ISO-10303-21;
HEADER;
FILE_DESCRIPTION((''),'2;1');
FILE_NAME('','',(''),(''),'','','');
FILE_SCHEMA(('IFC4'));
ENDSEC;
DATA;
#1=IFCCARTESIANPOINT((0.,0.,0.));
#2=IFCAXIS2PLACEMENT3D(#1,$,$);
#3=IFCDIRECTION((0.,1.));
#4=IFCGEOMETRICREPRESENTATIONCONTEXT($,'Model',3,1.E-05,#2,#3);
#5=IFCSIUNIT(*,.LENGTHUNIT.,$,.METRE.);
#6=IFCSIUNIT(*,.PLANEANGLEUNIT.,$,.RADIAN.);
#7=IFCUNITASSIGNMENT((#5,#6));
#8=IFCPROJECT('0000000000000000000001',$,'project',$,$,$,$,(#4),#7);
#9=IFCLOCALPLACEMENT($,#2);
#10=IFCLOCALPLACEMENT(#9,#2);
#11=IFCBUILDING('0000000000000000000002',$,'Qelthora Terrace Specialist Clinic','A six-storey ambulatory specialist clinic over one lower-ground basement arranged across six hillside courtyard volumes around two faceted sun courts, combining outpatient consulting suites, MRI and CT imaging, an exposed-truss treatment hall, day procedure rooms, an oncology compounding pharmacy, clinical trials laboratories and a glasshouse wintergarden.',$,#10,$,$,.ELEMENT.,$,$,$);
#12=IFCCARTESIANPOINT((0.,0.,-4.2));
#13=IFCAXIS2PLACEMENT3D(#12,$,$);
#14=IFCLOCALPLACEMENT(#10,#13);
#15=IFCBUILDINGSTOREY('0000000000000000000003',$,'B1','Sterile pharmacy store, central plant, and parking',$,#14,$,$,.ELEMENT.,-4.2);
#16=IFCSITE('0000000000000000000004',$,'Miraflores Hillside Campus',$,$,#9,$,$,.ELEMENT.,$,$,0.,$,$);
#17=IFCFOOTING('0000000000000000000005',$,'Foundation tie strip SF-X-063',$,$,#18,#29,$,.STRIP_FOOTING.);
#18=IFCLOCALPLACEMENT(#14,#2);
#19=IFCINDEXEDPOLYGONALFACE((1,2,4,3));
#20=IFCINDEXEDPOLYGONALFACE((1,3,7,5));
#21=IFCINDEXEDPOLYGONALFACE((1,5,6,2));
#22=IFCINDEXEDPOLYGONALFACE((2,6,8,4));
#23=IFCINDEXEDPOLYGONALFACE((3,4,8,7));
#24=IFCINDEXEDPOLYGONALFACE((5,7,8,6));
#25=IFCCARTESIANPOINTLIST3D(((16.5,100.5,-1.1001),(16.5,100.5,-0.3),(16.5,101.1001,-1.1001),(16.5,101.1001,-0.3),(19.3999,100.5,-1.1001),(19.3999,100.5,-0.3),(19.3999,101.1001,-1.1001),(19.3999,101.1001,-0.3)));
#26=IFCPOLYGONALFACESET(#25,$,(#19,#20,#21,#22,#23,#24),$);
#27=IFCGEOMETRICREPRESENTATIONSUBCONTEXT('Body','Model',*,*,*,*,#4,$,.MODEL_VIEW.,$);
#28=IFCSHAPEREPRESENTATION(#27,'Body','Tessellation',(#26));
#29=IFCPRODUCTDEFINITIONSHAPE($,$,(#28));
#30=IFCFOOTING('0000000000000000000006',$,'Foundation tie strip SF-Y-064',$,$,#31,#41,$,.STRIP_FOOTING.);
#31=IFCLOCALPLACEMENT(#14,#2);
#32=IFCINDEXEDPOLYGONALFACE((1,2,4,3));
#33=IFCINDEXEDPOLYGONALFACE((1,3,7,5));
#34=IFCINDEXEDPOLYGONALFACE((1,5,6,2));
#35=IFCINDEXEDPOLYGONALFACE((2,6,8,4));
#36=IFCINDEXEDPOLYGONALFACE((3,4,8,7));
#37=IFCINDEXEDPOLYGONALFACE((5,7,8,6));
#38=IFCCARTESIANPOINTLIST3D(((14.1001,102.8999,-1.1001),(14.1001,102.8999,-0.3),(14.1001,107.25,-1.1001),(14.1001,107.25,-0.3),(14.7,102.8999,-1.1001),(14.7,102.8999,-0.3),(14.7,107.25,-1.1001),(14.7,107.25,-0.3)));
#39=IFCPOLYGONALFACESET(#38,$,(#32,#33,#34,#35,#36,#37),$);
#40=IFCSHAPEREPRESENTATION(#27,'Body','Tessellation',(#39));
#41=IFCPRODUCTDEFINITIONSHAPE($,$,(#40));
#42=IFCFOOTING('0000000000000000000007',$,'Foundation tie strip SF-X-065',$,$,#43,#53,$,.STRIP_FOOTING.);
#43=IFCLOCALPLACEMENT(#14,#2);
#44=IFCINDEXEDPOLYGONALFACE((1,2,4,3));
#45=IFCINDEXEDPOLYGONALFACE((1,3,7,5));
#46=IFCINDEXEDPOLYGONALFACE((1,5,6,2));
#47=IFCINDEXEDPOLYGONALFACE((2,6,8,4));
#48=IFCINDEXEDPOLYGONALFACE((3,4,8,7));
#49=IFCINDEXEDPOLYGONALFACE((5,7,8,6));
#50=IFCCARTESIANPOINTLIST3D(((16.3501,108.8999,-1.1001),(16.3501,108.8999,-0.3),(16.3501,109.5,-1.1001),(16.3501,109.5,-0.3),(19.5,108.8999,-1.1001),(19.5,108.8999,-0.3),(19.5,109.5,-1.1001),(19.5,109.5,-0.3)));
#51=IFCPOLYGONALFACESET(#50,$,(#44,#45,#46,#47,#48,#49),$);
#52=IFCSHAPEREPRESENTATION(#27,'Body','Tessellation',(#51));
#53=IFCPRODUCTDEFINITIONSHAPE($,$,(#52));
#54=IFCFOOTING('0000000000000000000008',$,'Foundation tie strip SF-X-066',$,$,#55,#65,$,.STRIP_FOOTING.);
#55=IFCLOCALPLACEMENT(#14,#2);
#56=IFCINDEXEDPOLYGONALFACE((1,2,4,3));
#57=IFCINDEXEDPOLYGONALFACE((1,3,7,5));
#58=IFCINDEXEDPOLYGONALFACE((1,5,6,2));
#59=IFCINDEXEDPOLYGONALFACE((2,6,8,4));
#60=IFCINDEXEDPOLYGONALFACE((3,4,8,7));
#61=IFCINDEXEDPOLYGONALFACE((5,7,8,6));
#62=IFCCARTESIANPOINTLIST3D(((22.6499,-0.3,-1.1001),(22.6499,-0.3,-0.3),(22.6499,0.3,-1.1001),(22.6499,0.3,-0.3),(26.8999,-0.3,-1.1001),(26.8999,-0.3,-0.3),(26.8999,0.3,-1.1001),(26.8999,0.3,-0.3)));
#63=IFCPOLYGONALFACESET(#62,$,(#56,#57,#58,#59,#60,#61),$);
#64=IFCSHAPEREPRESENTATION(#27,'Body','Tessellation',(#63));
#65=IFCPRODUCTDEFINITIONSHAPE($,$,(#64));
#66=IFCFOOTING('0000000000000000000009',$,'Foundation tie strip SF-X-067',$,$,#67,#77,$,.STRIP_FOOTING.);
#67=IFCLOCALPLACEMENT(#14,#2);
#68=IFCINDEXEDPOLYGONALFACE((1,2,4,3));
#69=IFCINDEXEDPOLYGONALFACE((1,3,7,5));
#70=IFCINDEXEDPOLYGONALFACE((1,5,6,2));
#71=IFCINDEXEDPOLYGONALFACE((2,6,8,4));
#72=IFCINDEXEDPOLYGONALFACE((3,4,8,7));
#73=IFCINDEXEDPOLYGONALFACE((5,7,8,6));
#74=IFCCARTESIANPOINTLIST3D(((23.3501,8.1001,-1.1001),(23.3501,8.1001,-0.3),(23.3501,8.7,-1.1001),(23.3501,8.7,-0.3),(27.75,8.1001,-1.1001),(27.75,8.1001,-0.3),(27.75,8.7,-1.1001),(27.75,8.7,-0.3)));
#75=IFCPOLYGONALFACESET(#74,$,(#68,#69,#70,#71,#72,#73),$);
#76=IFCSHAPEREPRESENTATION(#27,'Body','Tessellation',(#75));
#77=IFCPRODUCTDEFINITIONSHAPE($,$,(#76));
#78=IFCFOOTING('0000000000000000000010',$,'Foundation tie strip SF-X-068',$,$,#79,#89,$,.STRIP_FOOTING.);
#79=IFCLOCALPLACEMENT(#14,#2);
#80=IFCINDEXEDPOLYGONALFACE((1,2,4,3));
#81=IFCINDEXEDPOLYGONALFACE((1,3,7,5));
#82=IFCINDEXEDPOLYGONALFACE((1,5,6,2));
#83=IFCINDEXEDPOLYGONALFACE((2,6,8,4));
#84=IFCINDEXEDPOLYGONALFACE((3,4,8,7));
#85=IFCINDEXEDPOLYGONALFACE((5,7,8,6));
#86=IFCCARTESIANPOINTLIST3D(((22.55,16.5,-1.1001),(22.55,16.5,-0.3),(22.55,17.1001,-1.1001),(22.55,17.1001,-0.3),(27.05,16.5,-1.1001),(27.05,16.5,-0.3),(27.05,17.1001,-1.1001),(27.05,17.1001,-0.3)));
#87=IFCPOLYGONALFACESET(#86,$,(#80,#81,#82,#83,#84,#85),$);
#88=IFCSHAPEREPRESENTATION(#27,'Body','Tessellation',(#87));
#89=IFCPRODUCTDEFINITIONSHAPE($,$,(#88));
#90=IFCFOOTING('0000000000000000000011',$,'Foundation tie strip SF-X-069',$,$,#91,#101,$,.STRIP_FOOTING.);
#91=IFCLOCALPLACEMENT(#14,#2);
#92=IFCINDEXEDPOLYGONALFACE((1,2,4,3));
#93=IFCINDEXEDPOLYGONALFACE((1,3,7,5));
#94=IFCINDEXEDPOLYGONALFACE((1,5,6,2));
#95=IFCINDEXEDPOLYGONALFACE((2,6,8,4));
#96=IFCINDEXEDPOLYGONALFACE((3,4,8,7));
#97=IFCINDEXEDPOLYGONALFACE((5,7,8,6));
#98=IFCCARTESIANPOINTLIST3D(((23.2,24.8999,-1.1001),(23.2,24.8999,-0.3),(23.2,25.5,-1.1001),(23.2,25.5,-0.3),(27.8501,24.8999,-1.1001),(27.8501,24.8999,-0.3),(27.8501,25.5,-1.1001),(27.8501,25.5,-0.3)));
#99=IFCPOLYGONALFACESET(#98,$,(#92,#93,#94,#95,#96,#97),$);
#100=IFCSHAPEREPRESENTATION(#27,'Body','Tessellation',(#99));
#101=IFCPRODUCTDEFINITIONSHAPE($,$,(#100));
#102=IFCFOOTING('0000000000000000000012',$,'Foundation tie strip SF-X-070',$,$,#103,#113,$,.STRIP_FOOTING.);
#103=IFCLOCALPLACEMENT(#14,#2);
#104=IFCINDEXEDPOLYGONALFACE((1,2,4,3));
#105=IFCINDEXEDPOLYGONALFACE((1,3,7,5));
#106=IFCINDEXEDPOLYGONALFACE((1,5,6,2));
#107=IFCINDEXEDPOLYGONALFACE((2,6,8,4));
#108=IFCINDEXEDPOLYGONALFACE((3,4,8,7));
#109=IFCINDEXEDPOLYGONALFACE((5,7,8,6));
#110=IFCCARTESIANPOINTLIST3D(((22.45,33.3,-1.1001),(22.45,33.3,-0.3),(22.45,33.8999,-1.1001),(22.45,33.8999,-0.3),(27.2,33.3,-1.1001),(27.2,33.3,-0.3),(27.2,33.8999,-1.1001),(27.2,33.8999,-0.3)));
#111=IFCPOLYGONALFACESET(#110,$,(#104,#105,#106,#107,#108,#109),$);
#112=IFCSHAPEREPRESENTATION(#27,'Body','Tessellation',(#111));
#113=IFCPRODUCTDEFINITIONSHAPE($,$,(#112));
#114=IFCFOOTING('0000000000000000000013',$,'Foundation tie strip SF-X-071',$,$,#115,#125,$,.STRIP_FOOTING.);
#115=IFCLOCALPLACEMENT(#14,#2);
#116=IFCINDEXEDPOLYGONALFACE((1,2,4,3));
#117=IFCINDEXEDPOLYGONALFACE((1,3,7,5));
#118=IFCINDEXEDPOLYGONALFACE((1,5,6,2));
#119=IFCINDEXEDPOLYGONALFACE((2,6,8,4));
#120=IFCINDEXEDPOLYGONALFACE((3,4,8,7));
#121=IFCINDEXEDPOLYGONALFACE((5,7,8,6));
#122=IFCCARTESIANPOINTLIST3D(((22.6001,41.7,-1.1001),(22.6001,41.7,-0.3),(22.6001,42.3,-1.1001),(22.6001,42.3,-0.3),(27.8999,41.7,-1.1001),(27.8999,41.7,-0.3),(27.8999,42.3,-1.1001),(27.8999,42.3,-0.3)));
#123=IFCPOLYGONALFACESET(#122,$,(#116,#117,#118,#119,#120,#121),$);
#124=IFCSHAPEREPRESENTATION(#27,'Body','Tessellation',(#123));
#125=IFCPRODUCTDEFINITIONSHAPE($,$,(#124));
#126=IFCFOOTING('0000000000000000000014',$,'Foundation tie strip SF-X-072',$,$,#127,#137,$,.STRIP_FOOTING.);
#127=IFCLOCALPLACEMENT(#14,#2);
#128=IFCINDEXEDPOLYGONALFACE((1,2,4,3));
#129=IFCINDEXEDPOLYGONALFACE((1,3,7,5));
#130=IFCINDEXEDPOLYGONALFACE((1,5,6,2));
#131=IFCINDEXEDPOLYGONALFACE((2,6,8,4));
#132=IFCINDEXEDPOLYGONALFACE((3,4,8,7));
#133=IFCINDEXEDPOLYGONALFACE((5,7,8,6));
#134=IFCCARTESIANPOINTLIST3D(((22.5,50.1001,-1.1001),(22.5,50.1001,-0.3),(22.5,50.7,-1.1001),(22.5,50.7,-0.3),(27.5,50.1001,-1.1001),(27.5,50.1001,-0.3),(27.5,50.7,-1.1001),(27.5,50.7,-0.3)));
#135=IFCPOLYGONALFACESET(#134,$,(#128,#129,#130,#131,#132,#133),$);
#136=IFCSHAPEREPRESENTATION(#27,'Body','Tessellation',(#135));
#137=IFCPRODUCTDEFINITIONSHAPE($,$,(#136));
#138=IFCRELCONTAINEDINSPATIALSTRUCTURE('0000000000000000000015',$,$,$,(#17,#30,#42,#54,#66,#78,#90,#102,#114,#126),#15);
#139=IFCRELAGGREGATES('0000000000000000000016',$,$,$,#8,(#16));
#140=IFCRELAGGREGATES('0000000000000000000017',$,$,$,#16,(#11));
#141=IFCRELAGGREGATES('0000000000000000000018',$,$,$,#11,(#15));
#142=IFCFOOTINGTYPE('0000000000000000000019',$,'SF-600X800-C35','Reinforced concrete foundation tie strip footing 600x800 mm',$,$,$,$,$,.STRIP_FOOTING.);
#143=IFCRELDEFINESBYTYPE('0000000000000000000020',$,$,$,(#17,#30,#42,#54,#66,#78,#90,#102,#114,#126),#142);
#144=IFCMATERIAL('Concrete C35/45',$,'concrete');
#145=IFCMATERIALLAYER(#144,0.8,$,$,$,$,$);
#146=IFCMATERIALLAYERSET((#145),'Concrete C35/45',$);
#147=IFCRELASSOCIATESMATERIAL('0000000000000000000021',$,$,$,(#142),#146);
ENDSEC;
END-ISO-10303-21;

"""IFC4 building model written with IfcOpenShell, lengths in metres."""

from ifc_helpers import new_model, si_unit, direction, frame, origin, place, context, subcontext, project, spatial, polyline, outline, extrude, material, layer, layer_set, type_object, element, save


model = new_model("IFC4")

# Units and contexts
model_context = context("Model", 3, precision=1e-05, world=origin(), true_north=direction((0.0, 1.0)))
body_context = subcontext(model_context, "Body", "Model", "MODEL_VIEW")
ifc_project = project(units=[si_unit("LENGTHUNIT", "METRE"), si_unit("PLANEANGLEUNIT", "RADIAN")], contexts=[model_context])

# Site, building, storey
site_placement = place(None, origin())
site = spatial("IfcSite", under=ifc_project, at=site_placement, Name="Miraflores Hillside Campus", CompositionType="ELEMENT", RefElevation=0.0)
building_placement = place(site_placement, origin())
building = spatial("IfcBuilding", under=site, at=building_placement, Name="Qelthora Terrace Specialist Clinic", Description="A six-storey ambulatory specialist clinic over one lower-ground basement arranged across six hillside courtyard volumes around two faceted sun courts, combining outpatient consulting suites, MRI and CT imaging, an exposed-truss treatment hall, day procedure rooms, an oncology compounding pharmacy, clinical trials laboratories and a glasshouse wintergarden.", CompositionType="ELEMENT")
storey_placement = place(building_placement, frame((0.0, 0.0, -4.2)))
storey = spatial("IfcBuildingStorey", under=building, at=storey_placement, Name="B1", Description="Sterile pharmacy store, central plant, and parking", CompositionType="ELEMENT", Elevation=-4.2)

# Footings
ifc_material = material(Name="Concrete C35/45", Category="concrete")
ifc_layer = layer(ifc_material, 0.8)
ifc_layer_set = layer_set([ifc_layer], Name="Concrete C35/45")
footing_type = type_object("IfcFootingType", Name="SF-600X800-C35", Description="Reinforced concrete foundation tie strip footing 600x800 mm", PredefinedType="STRIP_FOOTING", material=ifc_layer_set)
footing_1_placement = place(storey_placement, frame((0.0, 0.0, -1.1001)))
element("IfcFooting", 1, at=footing_1_placement, inside=storey, type_object=footing_type, Name="Foundation tie strip SF-X-063", PredefinedType="STRIP_FOOTING", context=body_context, shape_type="SweptSolid", body=[
    extrude(outline(polyline([(16.5, 100.5), (19.3999, 100.5), (19.3999, 101.1001), (16.5, 101.1001), (16.5, 100.5)])), origin(), (0.0, 0.0, 1.0), 0.8),
])
footing_2_placement = place(storey_placement, frame((0.0, 0.0, -1.1001)))
element("IfcFooting", 2, at=footing_2_placement, inside=storey, type_object=footing_type, Name="Foundation tie strip SF-Y-064", PredefinedType="STRIP_FOOTING", context=body_context, shape_type="SweptSolid", body=[
    extrude(outline(polyline([(14.1001, 102.8999), (14.7, 102.8999), (14.7, 107.25), (14.1001, 107.25), (14.1001, 102.8999)])), origin(), (0.0, 0.0, 1.0), 0.8),
])
footing_3_placement = place(storey_placement, frame((0.0, 0.0, -1.1001)))
element("IfcFooting", 3, at=footing_3_placement, inside=storey, type_object=footing_type, Name="Foundation tie strip SF-X-065", PredefinedType="STRIP_FOOTING", context=body_context, shape_type="SweptSolid", body=[
    extrude(outline(polyline([(16.3501, 108.8999), (19.5, 108.8999), (19.5, 109.5), (16.3501, 109.5), (16.3501, 108.8999)])), origin(), (0.0, 0.0, 1.0), 0.8),
])
footing_4_placement = place(storey_placement, frame((0.0, 0.0, -1.1001)))
element("IfcFooting", 4, at=footing_4_placement, inside=storey, type_object=footing_type, Name="Foundation tie strip SF-X-066", PredefinedType="STRIP_FOOTING", context=body_context, shape_type="SweptSolid", body=[
    extrude(outline(polyline([(22.6499, -0.3), (26.8999, -0.3), (26.8999, 0.3), (22.6499, 0.3), (22.6499, -0.3)])), origin(), (0.0, 0.0, 1.0), 0.8),
])
footing_5_placement = place(storey_placement, frame((0.0, 0.0, -1.1001)))
element("IfcFooting", 5, at=footing_5_placement, inside=storey, type_object=footing_type, Name="Foundation tie strip SF-X-067", PredefinedType="STRIP_FOOTING", context=body_context, shape_type="SweptSolid", body=[
    extrude(outline(polyline([(23.3501, 8.1001), (27.75, 8.1001), (27.75, 8.7), (23.3501, 8.7), (23.3501, 8.1001)])), origin(), (0.0, 0.0, 1.0), 0.8),
])
footing_6_placement = place(storey_placement, frame((0.0, 0.0, -1.1001)))
element("IfcFooting", 6, at=footing_6_placement, inside=storey, type_object=footing_type, Name="Foundation tie strip SF-X-068", PredefinedType="STRIP_FOOTING", context=body_context, shape_type="SweptSolid", body=[
    extrude(outline(polyline([(22.55, 16.5), (27.05, 16.5), (27.05, 17.1001), (22.55, 17.1001), (22.55, 16.5)])), origin(), (0.0, 0.0, 1.0), 0.8),
])
footing_7_placement = place(storey_placement, frame((0.0, 0.0, -1.1001)))
element("IfcFooting", 7, at=footing_7_placement, inside=storey, type_object=footing_type, Name="Foundation tie strip SF-X-069", PredefinedType="STRIP_FOOTING", context=body_context, shape_type="SweptSolid", body=[
    extrude(outline(polyline([(23.2, 24.8999), (27.8501, 24.8999), (27.8501, 25.5), (23.2, 25.5), (23.2, 24.8999)])), origin(), (0.0, 0.0, 1.0), 0.8),
])
footing_8_placement = place(storey_placement, frame((0.0, 0.0, -1.1001)))
element("IfcFooting", 8, at=footing_8_placement, inside=storey, type_object=footing_type, Name="Foundation tie strip SF-X-070", PredefinedType="STRIP_FOOTING", context=body_context, shape_type="SweptSolid", body=[
    extrude(outline(polyline([(22.45, 33.3), (27.2, 33.3), (27.2, 33.8999), (22.45, 33.8999), (22.45, 33.3)])), origin(), (0.0, 0.0, 1.0), 0.8),
])
footing_9_placement = place(storey_placement, frame((0.0, 0.0, -1.1001)))
element("IfcFooting", 9, at=footing_9_placement, inside=storey, type_object=footing_type, Name="Foundation tie strip SF-X-071", PredefinedType="STRIP_FOOTING", context=body_context, shape_type="SweptSolid", body=[
    extrude(outline(polyline([(22.6001, 41.7), (27.8999, 41.7), (27.8999, 42.3), (22.6001, 42.3), (22.6001, 41.7)])), origin(), (0.0, 0.0, 1.0), 0.8),
])
footing_10_placement = place(storey_placement, frame((0.0, 0.0, -1.1001)))
element("IfcFooting", 10, at=footing_10_placement, inside=storey, type_object=footing_type, Name="Foundation tie strip SF-X-072", PredefinedType="STRIP_FOOTING", context=body_context, shape_type="SweptSolid", body=[
    extrude(outline(polyline([(22.5, 50.1001), (27.5, 50.1001), (27.5, 50.7), (22.5, 50.7), (22.5, 50.1001)])), origin(), (0.0, 0.0, 1.0), 0.8),
])

save(model, "model.ifc")
